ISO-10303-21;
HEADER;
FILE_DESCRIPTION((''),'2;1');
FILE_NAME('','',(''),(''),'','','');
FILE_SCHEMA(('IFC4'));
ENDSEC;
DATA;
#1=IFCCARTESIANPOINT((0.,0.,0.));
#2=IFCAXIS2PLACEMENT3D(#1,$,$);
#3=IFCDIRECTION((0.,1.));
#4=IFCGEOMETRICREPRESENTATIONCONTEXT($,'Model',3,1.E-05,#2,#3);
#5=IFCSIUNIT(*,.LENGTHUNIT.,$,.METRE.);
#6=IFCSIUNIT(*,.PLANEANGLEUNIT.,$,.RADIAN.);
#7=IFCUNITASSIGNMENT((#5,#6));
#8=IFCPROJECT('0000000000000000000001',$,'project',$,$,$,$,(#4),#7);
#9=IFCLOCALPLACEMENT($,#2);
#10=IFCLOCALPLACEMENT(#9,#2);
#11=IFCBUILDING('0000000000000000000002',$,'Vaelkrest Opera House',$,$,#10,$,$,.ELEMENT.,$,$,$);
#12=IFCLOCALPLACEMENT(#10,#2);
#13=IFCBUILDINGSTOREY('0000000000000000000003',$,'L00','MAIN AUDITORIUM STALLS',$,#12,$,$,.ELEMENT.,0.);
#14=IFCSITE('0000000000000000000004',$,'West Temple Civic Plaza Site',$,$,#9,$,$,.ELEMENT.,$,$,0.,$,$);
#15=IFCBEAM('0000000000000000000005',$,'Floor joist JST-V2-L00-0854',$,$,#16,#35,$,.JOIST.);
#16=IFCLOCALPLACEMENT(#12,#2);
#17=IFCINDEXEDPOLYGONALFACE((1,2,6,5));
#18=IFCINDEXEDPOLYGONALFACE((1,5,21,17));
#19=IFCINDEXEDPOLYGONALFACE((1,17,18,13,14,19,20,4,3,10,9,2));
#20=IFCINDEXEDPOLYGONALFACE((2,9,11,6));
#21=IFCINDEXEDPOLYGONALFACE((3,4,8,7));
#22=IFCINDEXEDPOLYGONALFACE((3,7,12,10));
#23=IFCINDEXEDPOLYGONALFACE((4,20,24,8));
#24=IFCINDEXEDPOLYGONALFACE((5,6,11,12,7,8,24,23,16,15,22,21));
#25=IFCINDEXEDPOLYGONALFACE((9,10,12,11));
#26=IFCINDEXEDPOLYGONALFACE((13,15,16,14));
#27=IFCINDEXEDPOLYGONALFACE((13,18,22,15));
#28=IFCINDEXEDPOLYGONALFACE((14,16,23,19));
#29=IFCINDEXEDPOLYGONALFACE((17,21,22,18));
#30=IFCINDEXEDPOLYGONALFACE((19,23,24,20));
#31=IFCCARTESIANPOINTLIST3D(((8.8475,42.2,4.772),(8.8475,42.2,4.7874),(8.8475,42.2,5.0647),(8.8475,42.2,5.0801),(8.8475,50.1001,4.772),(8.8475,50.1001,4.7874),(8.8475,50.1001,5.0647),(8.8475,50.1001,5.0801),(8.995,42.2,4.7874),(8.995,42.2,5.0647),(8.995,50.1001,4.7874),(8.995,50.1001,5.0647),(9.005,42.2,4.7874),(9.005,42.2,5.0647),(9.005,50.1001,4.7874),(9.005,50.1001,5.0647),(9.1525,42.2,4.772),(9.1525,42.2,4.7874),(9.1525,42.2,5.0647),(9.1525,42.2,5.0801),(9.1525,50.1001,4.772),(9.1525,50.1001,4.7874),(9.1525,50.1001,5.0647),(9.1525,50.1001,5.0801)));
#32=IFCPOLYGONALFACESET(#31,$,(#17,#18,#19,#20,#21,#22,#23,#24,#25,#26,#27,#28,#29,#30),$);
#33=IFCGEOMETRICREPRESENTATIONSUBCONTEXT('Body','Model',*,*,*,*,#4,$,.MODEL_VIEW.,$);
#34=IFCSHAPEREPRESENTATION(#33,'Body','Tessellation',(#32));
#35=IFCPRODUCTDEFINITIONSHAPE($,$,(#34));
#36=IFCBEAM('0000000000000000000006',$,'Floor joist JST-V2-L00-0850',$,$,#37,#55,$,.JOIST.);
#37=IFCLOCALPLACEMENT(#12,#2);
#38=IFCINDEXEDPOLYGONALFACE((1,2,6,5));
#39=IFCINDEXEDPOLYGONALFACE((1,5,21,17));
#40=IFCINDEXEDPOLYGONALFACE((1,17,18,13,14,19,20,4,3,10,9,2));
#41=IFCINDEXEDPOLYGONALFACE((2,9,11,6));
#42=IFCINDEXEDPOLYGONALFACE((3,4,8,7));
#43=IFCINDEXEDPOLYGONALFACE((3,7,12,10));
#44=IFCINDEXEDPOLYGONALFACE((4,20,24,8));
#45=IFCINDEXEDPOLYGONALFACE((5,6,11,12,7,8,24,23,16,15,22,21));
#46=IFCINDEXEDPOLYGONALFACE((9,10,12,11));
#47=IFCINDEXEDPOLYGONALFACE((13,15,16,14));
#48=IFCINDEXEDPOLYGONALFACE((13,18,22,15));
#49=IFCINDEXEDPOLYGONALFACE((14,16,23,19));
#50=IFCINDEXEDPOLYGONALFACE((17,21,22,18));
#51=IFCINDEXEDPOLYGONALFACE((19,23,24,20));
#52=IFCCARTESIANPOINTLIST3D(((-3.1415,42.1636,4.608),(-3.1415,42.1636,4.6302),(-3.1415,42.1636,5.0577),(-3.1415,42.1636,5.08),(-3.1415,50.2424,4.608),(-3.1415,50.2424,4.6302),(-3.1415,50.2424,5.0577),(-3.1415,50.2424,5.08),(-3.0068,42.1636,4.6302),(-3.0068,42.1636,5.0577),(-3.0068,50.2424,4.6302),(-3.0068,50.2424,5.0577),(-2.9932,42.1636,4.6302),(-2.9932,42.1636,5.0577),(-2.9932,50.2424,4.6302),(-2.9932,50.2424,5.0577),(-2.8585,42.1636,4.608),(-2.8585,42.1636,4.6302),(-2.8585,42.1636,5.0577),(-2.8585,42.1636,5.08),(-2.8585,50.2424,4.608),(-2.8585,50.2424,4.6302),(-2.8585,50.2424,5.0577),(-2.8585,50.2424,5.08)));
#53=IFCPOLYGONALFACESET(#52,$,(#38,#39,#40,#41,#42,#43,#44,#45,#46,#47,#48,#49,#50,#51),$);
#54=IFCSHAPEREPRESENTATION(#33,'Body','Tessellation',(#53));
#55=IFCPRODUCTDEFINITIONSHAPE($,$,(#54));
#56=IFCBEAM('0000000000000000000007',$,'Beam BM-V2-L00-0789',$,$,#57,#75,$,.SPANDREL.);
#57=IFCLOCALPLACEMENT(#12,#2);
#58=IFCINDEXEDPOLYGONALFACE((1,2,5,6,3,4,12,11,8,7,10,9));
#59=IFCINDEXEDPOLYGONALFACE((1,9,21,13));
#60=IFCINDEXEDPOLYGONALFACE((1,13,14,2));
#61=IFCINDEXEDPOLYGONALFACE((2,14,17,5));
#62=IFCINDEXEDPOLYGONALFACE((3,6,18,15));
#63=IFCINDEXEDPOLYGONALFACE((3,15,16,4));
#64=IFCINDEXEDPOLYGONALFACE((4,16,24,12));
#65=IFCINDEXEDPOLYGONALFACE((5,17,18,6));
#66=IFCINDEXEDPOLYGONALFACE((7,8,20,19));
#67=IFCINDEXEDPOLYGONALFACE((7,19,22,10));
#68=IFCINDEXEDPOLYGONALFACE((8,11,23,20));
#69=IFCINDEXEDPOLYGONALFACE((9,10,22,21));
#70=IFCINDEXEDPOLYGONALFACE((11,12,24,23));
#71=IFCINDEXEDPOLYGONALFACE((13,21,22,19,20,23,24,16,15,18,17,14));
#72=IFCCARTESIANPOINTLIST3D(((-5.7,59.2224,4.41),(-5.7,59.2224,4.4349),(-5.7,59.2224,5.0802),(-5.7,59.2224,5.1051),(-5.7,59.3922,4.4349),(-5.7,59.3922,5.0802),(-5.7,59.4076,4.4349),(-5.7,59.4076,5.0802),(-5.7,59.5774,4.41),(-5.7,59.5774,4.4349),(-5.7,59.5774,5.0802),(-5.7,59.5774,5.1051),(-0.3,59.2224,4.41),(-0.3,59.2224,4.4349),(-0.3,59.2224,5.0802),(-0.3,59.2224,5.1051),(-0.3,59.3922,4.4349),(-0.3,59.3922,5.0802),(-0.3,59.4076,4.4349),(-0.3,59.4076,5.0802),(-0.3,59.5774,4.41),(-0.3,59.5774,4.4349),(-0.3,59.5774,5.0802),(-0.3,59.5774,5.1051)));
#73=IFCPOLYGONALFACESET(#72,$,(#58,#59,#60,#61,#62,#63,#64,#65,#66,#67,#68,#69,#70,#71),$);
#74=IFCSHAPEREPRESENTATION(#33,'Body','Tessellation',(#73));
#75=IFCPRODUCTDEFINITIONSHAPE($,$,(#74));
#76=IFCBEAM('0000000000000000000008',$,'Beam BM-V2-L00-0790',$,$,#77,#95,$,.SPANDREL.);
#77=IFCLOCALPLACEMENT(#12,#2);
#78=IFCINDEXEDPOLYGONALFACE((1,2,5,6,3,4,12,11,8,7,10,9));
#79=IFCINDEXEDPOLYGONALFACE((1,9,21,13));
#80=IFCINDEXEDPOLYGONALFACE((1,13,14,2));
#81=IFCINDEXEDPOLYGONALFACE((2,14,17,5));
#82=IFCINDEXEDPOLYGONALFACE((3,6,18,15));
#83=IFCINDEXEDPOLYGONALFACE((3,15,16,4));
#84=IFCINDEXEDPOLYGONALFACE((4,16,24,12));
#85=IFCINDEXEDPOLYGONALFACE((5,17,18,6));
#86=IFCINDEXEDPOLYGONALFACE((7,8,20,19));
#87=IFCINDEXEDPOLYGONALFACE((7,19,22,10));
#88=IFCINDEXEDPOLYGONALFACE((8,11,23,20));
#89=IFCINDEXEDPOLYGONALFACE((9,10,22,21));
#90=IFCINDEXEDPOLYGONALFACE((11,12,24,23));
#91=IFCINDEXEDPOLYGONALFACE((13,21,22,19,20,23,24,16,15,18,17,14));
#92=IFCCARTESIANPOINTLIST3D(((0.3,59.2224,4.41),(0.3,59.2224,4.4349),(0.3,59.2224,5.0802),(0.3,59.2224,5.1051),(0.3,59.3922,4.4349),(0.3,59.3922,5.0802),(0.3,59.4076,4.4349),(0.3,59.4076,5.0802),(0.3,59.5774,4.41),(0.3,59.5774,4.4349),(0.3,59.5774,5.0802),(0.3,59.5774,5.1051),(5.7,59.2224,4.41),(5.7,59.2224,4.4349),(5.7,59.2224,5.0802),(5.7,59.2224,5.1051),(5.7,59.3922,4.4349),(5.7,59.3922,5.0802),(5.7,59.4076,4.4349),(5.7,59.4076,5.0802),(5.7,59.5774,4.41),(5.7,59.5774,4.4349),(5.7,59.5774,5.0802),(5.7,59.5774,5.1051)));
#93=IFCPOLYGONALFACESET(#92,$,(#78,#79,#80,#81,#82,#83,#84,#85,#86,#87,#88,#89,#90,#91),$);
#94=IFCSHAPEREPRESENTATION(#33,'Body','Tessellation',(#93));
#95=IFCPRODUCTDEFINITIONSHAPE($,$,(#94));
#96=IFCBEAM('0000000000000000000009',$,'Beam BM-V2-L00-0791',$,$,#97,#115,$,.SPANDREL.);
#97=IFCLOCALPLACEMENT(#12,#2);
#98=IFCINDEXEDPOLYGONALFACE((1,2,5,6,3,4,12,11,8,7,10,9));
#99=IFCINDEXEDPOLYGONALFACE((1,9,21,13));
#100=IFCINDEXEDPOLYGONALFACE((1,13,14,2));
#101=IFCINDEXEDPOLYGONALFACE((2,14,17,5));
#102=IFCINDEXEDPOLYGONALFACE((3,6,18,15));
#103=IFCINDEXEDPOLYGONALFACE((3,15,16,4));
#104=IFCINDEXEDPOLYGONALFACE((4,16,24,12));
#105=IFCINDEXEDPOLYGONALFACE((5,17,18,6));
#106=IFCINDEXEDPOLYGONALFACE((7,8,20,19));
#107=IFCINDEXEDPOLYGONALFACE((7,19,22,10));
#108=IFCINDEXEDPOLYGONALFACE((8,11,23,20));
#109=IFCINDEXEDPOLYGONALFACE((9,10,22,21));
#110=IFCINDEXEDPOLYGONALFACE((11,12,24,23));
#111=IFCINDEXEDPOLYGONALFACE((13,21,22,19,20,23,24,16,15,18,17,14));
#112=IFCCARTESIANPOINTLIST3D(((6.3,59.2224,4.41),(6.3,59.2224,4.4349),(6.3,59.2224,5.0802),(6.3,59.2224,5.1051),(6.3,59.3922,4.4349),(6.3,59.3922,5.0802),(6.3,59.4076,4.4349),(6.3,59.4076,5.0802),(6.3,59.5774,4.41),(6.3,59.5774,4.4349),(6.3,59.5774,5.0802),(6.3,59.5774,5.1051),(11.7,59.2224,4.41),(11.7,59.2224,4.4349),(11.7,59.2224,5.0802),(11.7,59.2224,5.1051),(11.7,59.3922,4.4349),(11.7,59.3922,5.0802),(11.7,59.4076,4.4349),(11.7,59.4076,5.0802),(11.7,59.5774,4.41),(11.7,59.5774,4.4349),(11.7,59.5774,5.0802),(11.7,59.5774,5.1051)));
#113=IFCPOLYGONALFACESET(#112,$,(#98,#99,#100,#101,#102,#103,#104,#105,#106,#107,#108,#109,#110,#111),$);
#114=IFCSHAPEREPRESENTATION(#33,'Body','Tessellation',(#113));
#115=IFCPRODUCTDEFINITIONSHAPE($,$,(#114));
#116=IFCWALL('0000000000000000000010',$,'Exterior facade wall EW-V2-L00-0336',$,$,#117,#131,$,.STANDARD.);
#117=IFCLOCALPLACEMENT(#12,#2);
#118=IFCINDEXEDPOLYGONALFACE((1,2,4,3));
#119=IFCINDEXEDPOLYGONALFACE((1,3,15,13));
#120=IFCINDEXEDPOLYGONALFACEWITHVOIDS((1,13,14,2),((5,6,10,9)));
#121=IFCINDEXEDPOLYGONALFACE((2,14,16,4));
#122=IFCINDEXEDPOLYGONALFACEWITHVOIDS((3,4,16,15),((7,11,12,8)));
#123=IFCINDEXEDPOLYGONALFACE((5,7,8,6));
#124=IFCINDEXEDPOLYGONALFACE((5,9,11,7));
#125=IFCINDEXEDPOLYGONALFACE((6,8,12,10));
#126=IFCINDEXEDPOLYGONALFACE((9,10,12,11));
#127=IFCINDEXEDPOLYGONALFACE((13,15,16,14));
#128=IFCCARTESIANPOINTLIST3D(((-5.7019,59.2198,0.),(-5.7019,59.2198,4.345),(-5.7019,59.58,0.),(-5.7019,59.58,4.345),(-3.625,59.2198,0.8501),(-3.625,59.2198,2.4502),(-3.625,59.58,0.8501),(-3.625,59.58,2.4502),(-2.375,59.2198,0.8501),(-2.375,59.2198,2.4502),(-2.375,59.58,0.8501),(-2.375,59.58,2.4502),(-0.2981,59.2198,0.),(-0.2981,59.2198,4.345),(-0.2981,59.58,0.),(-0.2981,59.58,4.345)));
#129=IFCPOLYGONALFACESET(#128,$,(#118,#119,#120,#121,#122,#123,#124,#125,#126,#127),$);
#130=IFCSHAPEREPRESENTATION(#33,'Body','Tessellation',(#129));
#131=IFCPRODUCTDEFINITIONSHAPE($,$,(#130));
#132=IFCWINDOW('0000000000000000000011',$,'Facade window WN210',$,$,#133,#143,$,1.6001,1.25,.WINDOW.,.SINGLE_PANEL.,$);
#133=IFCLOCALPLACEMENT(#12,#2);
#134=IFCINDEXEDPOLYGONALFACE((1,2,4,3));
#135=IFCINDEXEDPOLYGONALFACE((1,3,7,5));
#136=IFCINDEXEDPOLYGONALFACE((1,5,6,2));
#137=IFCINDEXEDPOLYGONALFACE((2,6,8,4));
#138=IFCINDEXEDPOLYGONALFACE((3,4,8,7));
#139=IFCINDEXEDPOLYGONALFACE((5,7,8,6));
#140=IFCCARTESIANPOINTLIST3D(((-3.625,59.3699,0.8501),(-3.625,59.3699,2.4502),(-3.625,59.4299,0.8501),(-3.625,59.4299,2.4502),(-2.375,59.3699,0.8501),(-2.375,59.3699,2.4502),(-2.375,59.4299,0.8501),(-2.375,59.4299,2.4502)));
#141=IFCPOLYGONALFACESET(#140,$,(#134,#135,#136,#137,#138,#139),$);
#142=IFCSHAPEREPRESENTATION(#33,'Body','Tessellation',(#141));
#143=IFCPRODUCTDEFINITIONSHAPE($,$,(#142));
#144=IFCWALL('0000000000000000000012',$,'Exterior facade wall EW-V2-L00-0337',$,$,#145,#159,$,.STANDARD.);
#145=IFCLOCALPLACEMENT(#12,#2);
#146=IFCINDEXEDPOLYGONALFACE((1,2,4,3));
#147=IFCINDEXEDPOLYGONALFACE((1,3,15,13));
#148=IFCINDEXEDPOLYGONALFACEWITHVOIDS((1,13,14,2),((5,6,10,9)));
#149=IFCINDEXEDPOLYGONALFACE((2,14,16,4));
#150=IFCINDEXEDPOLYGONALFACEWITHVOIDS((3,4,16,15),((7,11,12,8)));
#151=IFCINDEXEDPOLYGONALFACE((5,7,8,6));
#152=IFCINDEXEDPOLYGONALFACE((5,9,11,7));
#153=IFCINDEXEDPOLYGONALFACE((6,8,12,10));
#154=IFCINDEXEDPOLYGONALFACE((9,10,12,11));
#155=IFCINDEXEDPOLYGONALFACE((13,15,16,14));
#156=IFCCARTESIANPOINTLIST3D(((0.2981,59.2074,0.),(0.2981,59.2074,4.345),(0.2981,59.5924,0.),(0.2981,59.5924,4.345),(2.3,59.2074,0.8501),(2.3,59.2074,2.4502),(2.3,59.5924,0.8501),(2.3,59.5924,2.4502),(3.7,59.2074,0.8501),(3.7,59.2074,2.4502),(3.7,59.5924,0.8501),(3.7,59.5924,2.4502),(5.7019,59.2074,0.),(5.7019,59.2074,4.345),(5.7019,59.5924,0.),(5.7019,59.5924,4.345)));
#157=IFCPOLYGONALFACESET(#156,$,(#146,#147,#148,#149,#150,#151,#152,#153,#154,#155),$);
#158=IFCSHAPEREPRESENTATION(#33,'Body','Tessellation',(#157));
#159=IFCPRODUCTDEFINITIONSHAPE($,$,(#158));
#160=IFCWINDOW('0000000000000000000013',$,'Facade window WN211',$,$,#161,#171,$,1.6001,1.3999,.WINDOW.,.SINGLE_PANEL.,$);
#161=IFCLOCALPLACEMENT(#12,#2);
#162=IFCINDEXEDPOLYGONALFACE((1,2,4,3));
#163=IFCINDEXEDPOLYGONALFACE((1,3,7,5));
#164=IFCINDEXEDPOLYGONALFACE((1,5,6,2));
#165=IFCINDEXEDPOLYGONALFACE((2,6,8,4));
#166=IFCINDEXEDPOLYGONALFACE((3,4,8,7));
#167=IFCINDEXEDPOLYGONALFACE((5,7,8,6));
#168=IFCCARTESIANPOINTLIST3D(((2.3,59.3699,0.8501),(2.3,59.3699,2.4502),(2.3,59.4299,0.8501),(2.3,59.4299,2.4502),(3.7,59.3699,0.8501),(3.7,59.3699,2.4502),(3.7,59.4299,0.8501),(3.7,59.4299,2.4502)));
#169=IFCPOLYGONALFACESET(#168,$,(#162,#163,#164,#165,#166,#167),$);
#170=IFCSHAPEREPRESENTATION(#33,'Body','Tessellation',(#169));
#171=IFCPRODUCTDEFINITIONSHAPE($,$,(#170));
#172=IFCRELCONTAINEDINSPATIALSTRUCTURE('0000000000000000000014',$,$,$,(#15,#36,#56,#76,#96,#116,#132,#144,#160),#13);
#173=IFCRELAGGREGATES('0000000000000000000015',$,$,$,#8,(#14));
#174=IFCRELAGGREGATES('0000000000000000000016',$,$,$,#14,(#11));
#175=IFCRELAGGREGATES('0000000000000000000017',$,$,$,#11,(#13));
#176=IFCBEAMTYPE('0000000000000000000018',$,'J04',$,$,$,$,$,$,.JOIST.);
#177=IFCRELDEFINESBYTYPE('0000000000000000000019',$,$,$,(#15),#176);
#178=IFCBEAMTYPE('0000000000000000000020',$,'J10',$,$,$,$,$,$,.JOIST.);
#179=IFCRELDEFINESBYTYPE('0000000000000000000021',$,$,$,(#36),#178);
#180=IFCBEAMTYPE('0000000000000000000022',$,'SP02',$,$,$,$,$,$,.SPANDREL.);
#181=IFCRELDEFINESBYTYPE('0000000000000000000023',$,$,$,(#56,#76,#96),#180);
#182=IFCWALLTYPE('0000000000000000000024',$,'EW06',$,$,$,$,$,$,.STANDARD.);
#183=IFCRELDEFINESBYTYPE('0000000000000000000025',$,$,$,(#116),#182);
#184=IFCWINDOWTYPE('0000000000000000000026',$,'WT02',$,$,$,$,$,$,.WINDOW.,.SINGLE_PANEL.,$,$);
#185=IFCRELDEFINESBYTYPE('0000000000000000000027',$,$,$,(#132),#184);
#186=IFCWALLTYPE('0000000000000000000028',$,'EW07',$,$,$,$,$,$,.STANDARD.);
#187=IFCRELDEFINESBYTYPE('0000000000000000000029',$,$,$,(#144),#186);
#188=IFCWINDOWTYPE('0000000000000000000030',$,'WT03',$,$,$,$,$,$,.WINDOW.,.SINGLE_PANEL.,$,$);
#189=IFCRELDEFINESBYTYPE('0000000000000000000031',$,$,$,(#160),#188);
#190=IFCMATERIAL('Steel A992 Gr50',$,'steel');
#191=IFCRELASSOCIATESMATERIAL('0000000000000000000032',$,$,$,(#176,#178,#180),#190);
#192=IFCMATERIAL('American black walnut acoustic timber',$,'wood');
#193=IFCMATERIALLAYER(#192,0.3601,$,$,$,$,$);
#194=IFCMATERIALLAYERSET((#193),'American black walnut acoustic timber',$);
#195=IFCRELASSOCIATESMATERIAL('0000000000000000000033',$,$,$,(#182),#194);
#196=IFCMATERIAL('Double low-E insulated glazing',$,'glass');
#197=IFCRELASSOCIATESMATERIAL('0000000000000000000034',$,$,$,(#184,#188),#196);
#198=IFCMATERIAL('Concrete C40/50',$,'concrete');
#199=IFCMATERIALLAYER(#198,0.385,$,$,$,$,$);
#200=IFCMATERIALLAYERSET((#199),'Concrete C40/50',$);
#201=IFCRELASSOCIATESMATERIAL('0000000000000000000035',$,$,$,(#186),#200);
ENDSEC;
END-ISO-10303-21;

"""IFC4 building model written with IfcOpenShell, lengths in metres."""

from ifc_helpers import new_model, si_unit, direction, frame, frame_2d, origin, origin_2d, place, context, subcontext, project, spatial, rectangle, i_section, extrude, material, layer, layer_set, material_profile, profile_set, type_object, element, fill, save


model = new_model("IFC4")

# Units and contexts
model_context = context("Model", 3, precision=1e-05, world=origin(), true_north=direction((0.0, 1.0)))
body_context = subcontext(model_context, "Body", "Model", "MODEL_VIEW")
ifc_project = project(units=[si_unit("LENGTHUNIT", "METRE"), si_unit("PLANEANGLEUNIT", "RADIAN")], contexts=[model_context])

# Site, building, storey
site_placement = place(None, origin())
site = spatial("IfcSite", under=ifc_project, at=site_placement, Name="West Temple Civic Plaza Site", CompositionType="ELEMENT", RefElevation=0.0)
building_placement = place(site_placement, origin())
building = spatial("IfcBuilding", under=site, at=building_placement, Name="Vaelkrest Opera House", CompositionType="ELEMENT")
storey_placement = place(building_placement, origin())
storey = spatial("IfcBuildingStorey", under=building, at=storey_placement, Name="L00", Description="MAIN AUDITORIUM STALLS", CompositionType="ELEMENT", Elevation=0.0)

# Beams
ifc_material_1 = material(Name="Steel A992 Gr50", Category="steel")
ifc_material_profile_1 = material_profile(ifc_material_1, i_section(OverallWidth=0.3049, OverallDepth=0.3081, WebThickness=0.01, FlangeThickness=0.0154, at=origin_2d()), Name="W12X65")
ifc_profile_set_1 = profile_set([ifc_material_profile_1], Name="Steel A992 Gr50")
beam_type_1 = type_object("IfcBeamType", Name="J04", PredefinedType="JOIST", material=ifc_profile_set_1)
beam_1_placement = place(storey_placement, frame((9.0, 42.2, 4.926), z_axis=(0.0, 1.0, 0.0), x_axis=(-1.0, 0.0, 0.0)))
element("IfcBeam", 1, at=beam_1_placement, inside=storey, type_object=beam_type_1, Name="Floor joist JST-V2-L00-0854", PredefinedType="JOIST", context=body_context, shape_type="SweptSolid", body=[
    extrude(i_section(OverallWidth=0.3049, OverallDepth=0.3081, WebThickness=0.01, FlangeThickness=0.0154, at=origin_2d()), origin(), (0.0, 0.0, 1.0), 7.9001),
])
ifc_material_profile_2 = material_profile(ifc_material_1, i_section(OverallWidth=0.283, OverallDepth=0.4719, WebThickness=0.0137, FlangeThickness=0.0222, at=origin_2d()), Name="W18X97")
ifc_profile_set_2 = profile_set([ifc_material_profile_2], Name="Steel A992 Gr50")
beam_type_2 = type_object("IfcBeamType", Name="J10", PredefinedType="JOIST", material=ifc_profile_set_2)
beam_2_placement = place(storey_placement, frame((-3.0, 42.1636, 4.844), z_axis=(0.0, 1.0, 0.0), x_axis=(-1.0, 0.0, 0.0)))
element("IfcBeam", 2, at=beam_2_placement, inside=storey, type_object=beam_type_2, Name="Floor joist JST-V2-L00-0850", PredefinedType="JOIST", context=body_context, shape_type="SweptSolid", body=[
    extrude(i_section(OverallWidth=0.283, OverallDepth=0.4719, WebThickness=0.0137, FlangeThickness=0.0222, at=origin_2d()), origin(), (0.0, 0.0, 1.0), 8.0789),
])
ifc_material_profile_3 = material_profile(ifc_material_1, i_section(OverallWidth=0.355, OverallDepth=0.6951, WebThickness=0.0154, FlangeThickness=0.0249, at=origin_2d()), Name="W27X146")
ifc_profile_set_3 = profile_set([ifc_material_profile_3], Name="Steel A992 Gr50")
beam_type_3 = type_object("IfcBeamType", Name="SP02", PredefinedType="SPANDREL", material=ifc_profile_set_3)
for number, where, z_axis, x_axis, name in (
    (3, (-5.7, 59.3999, 4.7576), (1.0, 0.0, 0.0), (0.0, 1.0, 0.0), "Beam BM-V2-L00-0789"),
    (4, (0.3, 59.3999, 4.7576), (1.0, 0.0, 0.0), (0.0, 1.0, 0.0), "Beam BM-V2-L00-0790"),
    (5, (6.3, 59.3999, 4.7576), (1.0, 0.0, 0.0), (0.0, 1.0, 0.0), "Beam BM-V2-L00-0791"),
):
    element("IfcBeam", number, at=place(storey_placement, frame(where, z_axis=z_axis, x_axis=x_axis)), inside=storey, type_object=beam_type_3, Name=name, PredefinedType="SPANDREL", context=body_context, shape_type="SweptSolid", body=[
        extrude(i_section(OverallWidth=0.355, OverallDepth=0.6951, WebThickness=0.0154, FlangeThickness=0.0249, at=origin_2d()), origin(), (0.0, 0.0, 1.0), 5.3999),
    ])

# Walls, openings, windows
ifc_material_2 = material(Name="American black walnut acoustic timber", Category="wood")
ifc_layer_1 = layer(ifc_material_2, 0.3601)
ifc_layer_set_1 = layer_set([ifc_layer_1], Name="American black walnut acoustic timber")
wall_type_1 = type_object("IfcWallType", Name="EW06", PredefinedType="STANDARD", material=ifc_layer_set_1)
wall_1_placement = place(storey_placement, frame((-5.7019, 59.3999, 0.0), z_axis=(0.0, 0.0, 1.0), x_axis=(1.0, 0.0, 0.0)))
wall_1 = element("IfcWall", 6, at=wall_1_placement, inside=storey, type_object=wall_type_1, Name="Exterior facade wall EW-V2-L00-0336", PredefinedType="STANDARD", context=body_context, shape_type="SweptSolid", body=[
    extrude(rectangle(XDim=5.4038, YDim=0.3601, at=frame_2d((2.7019, 0.0))), origin(), (0.0, 0.0, 1.0), 4.345),
])
opening_1_placement = place(wall_1_placement, frame((2.0769, 0.0, 0.8501)))
opening_1 = element("IfcOpeningElement", 7, at=opening_1_placement, cuts=wall_1, PredefinedType="OPENING", context=body_context, shape_type="SweptSolid", body=[
    extrude(rectangle(XDim=1.25, YDim=1.6001, at=frame_2d((0.625, 0.8))), frame((0.0, 0.1899, 0.0), z_axis=(0.0, -1.0, 0.0), x_axis=(1.0, 0.0, 0.0)), (0.0, 0.0, 1.0), 0.3801),
])
ifc_material_3 = material(Name="Double low-E insulated glazing", Category="glass")
window_type_1 = type_object("IfcWindowType", Name="WT02", PartitioningType="SINGLE_PANEL", PredefinedType="WINDOW", material=ifc_material_3)
window_1_placement = place(opening_1_placement, origin())
window_1 = element("IfcWindow", 8, at=window_1_placement, inside=storey, type_object=window_type_1, Name="Facade window WN210", OverallHeight=1.6001, OverallWidth=1.25, PartitioningType="SINGLE_PANEL", PredefinedType="WINDOW", context=body_context, shape_type="SweptSolid", body=[
    extrude(rectangle(XDim=1.25, YDim=1.6001, at=frame_2d((0.625, 0.8))), frame((0.0, 0.03, 0.0), z_axis=(0.0, -1.0, 0.0), x_axis=(1.0, 0.0, 0.0)), (0.0, 0.0, 1.0), 0.0601),
])
fill(opening_1, window_1)
ifc_material_4 = material(Name="Concrete C40/50", Category="concrete")
ifc_layer_2 = layer(ifc_material_4, 0.385)
ifc_layer_set_2 = layer_set([ifc_layer_2], Name="Concrete C40/50")
wall_type_2 = type_object("IfcWallType", Name="EW07", PredefinedType="STANDARD", material=ifc_layer_set_2)
wall_2_placement = place(storey_placement, frame((0.2981, 59.3999, 0.0), z_axis=(0.0, 0.0, 1.0), x_axis=(1.0, 0.0, 0.0)))
wall_2 = element("IfcWall", 9, at=wall_2_placement, inside=storey, type_object=wall_type_2, Name="Exterior facade wall EW-V2-L00-0337", PredefinedType="STANDARD", context=body_context, shape_type="SweptSolid", body=[
    extrude(rectangle(XDim=5.4038, YDim=0.385, at=frame_2d((2.7019, 0.0))), origin(), (0.0, 0.0, 1.0), 4.345),
])
opening_2_placement = place(wall_2_placement, frame((2.002, 0.0, 0.8501)))
opening_2 = element("IfcOpeningElement", 10, at=opening_2_placement, cuts=wall_2, PredefinedType="OPENING", context=body_context, shape_type="SweptSolid", body=[
    extrude(rectangle(XDim=1.3999, YDim=1.6001, at=frame_2d((0.7, 0.8))), frame((0.0, 0.2024, 0.0), z_axis=(0.0, -1.0, 0.0), x_axis=(1.0, 0.0, 0.0)), (0.0, 0.0, 1.0), 0.405),
])
window_type_2 = type_object("IfcWindowType", Name="WT03", PartitioningType="SINGLE_PANEL", PredefinedType="WINDOW", material=ifc_material_3)
window_2_placement = place(opening_2_placement, origin())
window_2 = element("IfcWindow", 11, at=window_2_placement, inside=storey, type_object=window_type_2, Name="Facade window WN211", OverallHeight=1.6001, OverallWidth=1.3999, PartitioningType="SINGLE_PANEL", PredefinedType="WINDOW", context=body_context, shape_type="SweptSolid", body=[
    extrude(rectangle(XDim=1.3999, YDim=1.6001, at=frame_2d((0.7, 0.8))), frame((0.0, 0.03, 0.0), z_axis=(0.0, -1.0, 0.0), x_axis=(1.0, 0.0, 0.0)), (0.0, 0.0, 1.0), 0.0601),
])
fill(opening_2, window_2)

save(model, "model.ifc")
